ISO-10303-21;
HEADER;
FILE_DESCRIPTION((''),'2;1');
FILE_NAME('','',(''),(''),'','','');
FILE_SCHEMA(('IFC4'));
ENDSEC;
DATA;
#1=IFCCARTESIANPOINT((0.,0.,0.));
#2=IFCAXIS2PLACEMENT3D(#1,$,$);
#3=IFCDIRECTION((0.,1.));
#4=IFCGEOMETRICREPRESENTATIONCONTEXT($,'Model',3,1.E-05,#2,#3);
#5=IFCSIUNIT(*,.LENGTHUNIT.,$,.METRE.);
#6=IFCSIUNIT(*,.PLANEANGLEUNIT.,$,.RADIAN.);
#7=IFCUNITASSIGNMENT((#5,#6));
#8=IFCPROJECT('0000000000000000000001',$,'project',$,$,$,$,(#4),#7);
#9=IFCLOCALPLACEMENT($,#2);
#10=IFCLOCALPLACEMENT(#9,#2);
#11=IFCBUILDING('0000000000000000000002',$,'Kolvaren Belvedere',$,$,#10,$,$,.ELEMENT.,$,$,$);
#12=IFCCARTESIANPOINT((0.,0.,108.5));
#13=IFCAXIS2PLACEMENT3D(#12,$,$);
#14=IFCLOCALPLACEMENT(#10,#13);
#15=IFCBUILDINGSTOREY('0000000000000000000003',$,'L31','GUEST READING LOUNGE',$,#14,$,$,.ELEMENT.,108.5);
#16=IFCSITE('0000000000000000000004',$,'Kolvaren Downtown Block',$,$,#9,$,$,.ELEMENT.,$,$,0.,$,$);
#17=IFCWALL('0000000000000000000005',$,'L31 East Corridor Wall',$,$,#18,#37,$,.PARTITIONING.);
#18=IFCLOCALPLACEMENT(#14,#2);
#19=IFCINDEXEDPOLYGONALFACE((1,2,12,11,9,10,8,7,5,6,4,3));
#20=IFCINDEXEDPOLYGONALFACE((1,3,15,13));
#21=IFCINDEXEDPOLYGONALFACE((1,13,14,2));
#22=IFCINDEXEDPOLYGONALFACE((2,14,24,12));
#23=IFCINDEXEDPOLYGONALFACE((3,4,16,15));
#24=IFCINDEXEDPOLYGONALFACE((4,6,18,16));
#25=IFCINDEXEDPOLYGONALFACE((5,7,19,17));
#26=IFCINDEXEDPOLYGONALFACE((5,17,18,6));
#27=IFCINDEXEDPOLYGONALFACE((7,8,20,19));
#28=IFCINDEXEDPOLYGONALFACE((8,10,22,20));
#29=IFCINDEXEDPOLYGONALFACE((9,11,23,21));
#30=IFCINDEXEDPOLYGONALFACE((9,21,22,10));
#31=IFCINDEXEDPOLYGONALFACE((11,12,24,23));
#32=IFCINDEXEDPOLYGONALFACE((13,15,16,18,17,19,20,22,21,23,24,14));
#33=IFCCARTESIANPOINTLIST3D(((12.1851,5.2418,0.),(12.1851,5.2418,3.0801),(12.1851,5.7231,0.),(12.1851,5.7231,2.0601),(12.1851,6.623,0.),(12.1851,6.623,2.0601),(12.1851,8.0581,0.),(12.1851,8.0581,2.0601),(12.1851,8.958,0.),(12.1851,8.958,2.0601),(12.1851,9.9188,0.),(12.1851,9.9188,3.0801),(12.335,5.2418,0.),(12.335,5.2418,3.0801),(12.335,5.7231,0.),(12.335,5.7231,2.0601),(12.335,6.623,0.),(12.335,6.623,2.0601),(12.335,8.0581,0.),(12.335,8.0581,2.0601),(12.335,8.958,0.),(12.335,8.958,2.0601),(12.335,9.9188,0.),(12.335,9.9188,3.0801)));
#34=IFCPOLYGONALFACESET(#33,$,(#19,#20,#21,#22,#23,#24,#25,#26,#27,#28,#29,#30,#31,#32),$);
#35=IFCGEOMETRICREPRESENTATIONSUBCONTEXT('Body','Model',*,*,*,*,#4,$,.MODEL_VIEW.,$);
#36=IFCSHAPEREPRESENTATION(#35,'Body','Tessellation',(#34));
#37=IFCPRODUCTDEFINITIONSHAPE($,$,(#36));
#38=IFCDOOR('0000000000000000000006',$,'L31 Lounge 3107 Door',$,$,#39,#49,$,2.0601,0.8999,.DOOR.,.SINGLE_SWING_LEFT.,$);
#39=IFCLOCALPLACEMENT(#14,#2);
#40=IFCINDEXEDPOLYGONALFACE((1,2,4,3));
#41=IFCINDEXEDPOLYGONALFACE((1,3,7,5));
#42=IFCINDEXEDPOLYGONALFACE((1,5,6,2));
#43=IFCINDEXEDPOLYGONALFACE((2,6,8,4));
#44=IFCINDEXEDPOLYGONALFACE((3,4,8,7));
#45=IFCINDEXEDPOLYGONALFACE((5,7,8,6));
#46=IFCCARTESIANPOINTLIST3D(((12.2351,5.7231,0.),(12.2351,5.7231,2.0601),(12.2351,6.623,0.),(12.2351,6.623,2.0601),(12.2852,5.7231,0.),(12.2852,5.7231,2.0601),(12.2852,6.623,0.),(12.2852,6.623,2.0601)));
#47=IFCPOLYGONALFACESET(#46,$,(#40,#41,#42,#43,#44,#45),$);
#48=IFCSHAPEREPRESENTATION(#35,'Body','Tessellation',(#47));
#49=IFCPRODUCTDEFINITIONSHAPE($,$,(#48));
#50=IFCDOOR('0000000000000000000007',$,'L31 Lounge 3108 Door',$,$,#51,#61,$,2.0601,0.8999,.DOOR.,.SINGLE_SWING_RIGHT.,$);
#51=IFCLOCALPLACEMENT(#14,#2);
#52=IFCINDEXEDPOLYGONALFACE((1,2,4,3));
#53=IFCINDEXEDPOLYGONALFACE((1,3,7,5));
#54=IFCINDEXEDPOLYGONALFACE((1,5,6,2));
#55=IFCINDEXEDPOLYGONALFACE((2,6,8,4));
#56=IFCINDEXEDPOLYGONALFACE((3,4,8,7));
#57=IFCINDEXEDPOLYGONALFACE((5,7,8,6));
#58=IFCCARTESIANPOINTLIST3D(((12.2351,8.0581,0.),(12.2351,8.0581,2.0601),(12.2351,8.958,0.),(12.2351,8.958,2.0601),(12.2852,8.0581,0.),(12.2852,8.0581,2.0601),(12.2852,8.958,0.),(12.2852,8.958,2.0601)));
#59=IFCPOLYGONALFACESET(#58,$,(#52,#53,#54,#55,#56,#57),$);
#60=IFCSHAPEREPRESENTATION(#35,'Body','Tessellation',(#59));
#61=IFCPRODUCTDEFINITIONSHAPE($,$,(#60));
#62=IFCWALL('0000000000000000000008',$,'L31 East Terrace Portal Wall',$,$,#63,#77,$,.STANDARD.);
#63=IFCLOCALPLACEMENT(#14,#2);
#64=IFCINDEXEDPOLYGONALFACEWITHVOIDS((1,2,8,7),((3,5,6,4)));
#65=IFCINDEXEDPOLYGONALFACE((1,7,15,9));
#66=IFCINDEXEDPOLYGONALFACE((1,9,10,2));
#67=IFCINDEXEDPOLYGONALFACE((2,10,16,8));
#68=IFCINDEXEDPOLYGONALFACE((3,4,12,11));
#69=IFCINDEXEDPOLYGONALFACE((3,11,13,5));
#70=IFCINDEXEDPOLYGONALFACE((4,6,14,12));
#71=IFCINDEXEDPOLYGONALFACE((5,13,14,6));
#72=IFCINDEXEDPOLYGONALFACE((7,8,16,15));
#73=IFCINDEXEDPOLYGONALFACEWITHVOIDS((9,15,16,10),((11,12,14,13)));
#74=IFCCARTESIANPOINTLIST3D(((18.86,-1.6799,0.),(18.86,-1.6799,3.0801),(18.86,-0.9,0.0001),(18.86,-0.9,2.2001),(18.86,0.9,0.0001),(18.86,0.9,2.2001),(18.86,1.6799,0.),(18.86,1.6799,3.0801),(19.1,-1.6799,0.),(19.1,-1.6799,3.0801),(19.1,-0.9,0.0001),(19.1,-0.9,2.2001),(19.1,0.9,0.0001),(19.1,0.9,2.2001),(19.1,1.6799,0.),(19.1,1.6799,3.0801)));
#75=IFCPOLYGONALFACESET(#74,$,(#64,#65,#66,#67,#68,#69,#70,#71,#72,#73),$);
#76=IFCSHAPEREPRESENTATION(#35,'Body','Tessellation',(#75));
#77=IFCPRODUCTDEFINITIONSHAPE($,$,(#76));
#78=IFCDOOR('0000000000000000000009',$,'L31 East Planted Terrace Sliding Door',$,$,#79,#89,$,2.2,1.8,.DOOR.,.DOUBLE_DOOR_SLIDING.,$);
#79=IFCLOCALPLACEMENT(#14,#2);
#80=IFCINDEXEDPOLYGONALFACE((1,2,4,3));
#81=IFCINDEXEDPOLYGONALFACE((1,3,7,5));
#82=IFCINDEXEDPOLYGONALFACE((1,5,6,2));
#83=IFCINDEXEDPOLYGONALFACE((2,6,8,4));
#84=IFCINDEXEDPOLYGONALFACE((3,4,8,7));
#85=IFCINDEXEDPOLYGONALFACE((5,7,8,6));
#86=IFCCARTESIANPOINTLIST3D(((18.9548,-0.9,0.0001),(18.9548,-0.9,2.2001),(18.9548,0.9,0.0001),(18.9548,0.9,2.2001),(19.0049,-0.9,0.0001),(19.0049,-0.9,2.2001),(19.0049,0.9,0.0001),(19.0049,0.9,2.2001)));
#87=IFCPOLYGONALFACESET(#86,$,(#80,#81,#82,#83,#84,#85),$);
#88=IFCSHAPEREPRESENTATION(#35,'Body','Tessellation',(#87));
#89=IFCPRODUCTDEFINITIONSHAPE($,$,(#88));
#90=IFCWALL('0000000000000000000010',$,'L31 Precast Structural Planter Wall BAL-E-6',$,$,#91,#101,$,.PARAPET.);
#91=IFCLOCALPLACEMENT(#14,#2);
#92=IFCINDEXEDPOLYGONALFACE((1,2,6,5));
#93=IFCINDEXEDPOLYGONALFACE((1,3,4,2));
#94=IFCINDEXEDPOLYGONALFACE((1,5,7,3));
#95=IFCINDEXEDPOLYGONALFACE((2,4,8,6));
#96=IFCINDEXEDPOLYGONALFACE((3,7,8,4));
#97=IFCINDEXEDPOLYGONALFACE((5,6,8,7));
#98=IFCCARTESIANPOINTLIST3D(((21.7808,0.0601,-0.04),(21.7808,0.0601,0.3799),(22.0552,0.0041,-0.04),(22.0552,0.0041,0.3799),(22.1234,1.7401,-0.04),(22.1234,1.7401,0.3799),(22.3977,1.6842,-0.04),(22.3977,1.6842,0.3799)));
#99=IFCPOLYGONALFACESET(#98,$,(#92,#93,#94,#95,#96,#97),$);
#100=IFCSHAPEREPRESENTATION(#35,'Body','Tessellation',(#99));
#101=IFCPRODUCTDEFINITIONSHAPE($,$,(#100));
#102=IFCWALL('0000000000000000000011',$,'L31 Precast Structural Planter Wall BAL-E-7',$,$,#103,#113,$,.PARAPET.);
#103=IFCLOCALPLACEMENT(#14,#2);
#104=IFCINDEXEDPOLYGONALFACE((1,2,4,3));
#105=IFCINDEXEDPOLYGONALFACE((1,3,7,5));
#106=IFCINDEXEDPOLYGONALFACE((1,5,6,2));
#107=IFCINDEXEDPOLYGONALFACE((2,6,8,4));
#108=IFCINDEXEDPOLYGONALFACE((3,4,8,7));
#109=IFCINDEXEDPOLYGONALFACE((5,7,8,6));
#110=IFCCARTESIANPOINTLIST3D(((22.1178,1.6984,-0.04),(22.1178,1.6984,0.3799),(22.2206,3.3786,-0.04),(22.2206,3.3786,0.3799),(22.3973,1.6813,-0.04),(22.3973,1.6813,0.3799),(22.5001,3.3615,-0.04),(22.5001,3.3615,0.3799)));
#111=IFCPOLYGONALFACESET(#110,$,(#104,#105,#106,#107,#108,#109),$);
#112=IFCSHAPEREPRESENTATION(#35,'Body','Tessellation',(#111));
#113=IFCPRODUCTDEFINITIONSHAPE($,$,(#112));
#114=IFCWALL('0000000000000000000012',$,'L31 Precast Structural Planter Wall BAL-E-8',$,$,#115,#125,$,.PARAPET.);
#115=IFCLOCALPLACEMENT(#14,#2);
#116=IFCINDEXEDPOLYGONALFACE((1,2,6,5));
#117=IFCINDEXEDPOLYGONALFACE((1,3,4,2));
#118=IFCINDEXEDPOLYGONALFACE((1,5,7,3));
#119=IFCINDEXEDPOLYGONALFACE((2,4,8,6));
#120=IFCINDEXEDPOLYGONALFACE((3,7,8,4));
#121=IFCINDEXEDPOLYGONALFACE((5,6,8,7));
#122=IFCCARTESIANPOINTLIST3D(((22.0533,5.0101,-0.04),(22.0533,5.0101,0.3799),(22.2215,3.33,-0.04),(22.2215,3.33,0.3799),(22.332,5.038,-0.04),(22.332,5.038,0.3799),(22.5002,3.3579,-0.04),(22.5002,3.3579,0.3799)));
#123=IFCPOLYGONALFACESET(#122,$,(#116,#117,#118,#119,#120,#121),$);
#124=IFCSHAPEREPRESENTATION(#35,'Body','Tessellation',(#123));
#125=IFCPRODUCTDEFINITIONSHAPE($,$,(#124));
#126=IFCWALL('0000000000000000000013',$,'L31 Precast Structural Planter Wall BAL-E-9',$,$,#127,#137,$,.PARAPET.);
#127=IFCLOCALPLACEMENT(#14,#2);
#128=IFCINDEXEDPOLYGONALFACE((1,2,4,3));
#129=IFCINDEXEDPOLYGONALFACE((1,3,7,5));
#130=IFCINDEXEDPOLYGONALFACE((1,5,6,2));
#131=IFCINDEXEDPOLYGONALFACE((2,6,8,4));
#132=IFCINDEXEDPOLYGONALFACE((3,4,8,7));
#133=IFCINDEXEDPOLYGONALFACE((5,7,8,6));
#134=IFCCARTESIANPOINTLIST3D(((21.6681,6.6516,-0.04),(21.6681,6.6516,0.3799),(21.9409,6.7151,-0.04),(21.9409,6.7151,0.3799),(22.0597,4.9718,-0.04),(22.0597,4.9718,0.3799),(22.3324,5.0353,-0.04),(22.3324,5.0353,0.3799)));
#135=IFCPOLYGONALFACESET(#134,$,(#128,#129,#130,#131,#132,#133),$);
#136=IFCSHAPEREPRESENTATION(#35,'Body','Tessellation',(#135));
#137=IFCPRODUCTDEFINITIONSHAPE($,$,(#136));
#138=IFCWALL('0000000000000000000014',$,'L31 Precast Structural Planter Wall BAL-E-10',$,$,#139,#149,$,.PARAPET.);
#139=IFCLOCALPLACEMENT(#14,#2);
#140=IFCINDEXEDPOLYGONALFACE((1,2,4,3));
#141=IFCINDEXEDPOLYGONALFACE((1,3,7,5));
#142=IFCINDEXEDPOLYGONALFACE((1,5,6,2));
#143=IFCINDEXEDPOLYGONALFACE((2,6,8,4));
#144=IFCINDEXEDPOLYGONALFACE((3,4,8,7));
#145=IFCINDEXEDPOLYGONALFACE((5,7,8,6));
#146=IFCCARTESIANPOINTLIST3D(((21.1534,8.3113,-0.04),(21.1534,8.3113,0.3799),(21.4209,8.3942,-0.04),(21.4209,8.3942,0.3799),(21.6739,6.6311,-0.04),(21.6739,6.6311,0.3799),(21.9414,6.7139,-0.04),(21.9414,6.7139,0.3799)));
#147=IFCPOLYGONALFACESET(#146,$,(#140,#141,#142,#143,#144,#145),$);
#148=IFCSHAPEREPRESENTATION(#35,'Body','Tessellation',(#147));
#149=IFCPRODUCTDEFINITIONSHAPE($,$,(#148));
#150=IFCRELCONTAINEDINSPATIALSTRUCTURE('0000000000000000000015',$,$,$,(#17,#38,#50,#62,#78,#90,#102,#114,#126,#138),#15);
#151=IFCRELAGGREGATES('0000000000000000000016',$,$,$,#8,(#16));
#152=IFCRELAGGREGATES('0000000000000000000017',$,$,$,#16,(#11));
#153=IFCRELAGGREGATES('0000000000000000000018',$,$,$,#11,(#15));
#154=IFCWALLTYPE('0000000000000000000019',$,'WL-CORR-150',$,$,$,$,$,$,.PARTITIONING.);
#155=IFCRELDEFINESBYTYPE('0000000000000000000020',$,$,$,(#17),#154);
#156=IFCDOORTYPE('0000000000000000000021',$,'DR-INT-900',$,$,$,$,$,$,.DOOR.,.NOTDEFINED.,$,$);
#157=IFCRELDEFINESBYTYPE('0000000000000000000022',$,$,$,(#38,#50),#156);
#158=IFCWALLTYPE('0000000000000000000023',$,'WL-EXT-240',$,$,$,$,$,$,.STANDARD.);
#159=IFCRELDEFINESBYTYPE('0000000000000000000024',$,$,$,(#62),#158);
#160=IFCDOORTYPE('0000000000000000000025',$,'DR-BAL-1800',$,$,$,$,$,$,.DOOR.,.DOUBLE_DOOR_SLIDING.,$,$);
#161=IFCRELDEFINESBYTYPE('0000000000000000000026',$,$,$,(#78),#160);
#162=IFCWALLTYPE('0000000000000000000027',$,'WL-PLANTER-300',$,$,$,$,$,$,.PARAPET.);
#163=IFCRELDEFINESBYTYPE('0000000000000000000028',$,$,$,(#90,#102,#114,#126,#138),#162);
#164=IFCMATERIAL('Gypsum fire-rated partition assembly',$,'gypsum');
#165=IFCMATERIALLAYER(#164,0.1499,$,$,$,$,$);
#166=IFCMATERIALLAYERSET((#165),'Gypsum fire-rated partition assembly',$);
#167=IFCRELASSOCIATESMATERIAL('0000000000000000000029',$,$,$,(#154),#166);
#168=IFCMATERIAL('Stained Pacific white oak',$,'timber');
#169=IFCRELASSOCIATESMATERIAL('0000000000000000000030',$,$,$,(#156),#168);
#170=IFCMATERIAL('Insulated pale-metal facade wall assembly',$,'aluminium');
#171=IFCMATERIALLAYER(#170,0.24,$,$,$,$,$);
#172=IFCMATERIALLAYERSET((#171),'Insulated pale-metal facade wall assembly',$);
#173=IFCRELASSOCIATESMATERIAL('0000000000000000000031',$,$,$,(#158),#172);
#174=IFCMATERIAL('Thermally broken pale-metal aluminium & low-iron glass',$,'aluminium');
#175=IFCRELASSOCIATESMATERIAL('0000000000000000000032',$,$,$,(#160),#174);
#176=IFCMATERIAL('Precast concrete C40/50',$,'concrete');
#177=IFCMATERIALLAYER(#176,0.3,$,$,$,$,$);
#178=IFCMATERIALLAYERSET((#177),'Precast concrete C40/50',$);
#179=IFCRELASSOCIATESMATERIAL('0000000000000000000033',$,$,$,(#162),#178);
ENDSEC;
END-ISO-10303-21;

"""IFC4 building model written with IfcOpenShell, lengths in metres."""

from ifc_helpers import new_model, si_unit, direction, frame, frame_2d, origin, place, context, subcontext, project, spatial, rectangle, extrude, material, layer, layer_set, type_object, element, fill, save


model = new_model("IFC4")

# Units and contexts
model_context = context("Model", 3, precision=1e-05, world=origin(), true_north=direction((0.0, 1.0)))
body_context = subcontext(model_context, "Body", "Model", "MODEL_VIEW")
ifc_project = project(units=[si_unit("LENGTHUNIT", "METRE"), si_unit("PLANEANGLEUNIT", "RADIAN")], contexts=[model_context])

# Site, building, storey
site_placement = place(None, origin())
site = spatial("IfcSite", under=ifc_project, at=site_placement, Name="Kolvaren Downtown Block", CompositionType="ELEMENT", RefElevation=0.0)
building_placement = place(site_placement, origin())
building = spatial("IfcBuilding", under=site, at=building_placement, Name="Kolvaren Belvedere", CompositionType="ELEMENT")
storey_placement = place(building_placement, frame((0.0, 0.0, 108.5)))
storey = spatial("IfcBuildingStorey", under=building, at=storey_placement, Name="L31", Description="GUEST READING LOUNGE", CompositionType="ELEMENT", Elevation=108.5)

# Shared definitions
ifc_material_1 = material(Name="Gypsum fire-rated partition assembly", Category="gypsum")
ifc_layer_1 = layer(ifc_material_1, 0.1499)
ifc_layer_set_1 = layer_set([ifc_layer_1], Name="Gypsum fire-rated partition assembly")
wall_type_1 = type_object("IfcWallType", Name="WL-CORR-150", PredefinedType="PARTITIONING", material=ifc_layer_set_1)

# Wall, openings, doors
wall_1_placement = place(storey_placement, frame((12.26, 5.2419, 0.0), z_axis=(0.0, 0.0, 1.0), x_axis=(0.0, 1.0, 0.0)))
wall_1 = element("IfcWall", 1, at=wall_1_placement, inside=storey, type_object=wall_type_1, Name="L31 East Corridor Wall", PredefinedType="PARTITIONING", context=body_context, shape_type="SweptSolid", body=[
    extrude(rectangle(XDim=4.677, YDim=0.1499, at=frame_2d((2.3384, 0.0))), origin(), (0.0, 0.0, 1.0), 3.0801),
])
opening_1_placement = place(wall_1_placement, frame((0.4812, 0.0, 0.0)))
opening_1 = element("IfcOpeningElement", 2, at=opening_1_placement, cuts=wall_1, PredefinedType="OPENING", context=body_context, shape_type="SweptSolid", body=[
    extrude(rectangle(XDim=0.8999, YDim=2.0601, at=frame_2d((0.45, 1.03))), frame((0.0, 0.085, 0.0), z_axis=(0.0, -1.0, 0.0), x_axis=(1.0, 0.0, 0.0)), (0.0, 0.0, 1.0), 0.1699),
])
opening_2_placement = place(wall_1_placement, frame((2.8162, 0.0, 0.0)))
opening_2 = element("IfcOpeningElement", 3, at=opening_2_placement, cuts=wall_1, PredefinedType="OPENING", context=body_context, shape_type="SweptSolid", body=[
    extrude(rectangle(XDim=0.8999, YDim=2.0601, at=frame_2d((0.45, 1.03))), frame((0.0, 0.085, 0.0), z_axis=(0.0, -1.0, 0.0), x_axis=(1.0, 0.0, 0.0)), (0.0, 0.0, 1.0), 0.1699),
])
ifc_material_2 = material(Name="Stained Pacific white oak", Category="timber")
door_type_1 = type_object("IfcDoorType", Name="DR-INT-900", OperationType="NOTDEFINED", PredefinedType="DOOR", material=ifc_material_2)
door_1_placement = place(opening_1_placement, origin())
door_1 = element("IfcDoor", 4, at=door_1_placement, inside=storey, type_object=door_type_1, Name="L31 Lounge 3107 Door", OperationType="SINGLE_SWING_LEFT", OverallHeight=2.0601, OverallWidth=0.8999, PredefinedType="DOOR", context=body_context, shape_type="SweptSolid", body=[
    extrude(rectangle(XDim=0.8999, YDim=2.0601, at=frame_2d((0.45, 1.03))), frame((0.0, 0.0249, 0.0), z_axis=(0.0, -1.0, 0.0), x_axis=(1.0, 0.0, 0.0)), (0.0, 0.0, 1.0), 0.05),
])
fill(opening_1, door_1)
door_2_placement = place(opening_2_placement, origin())
door_2 = element("IfcDoor", 5, at=door_2_placement, inside=storey, type_object=door_type_1, Name="L31 Lounge 3108 Door", OperationType="SINGLE_SWING_RIGHT", OverallHeight=2.0601, OverallWidth=0.8999, PredefinedType="DOOR", context=body_context, shape_type="SweptSolid", body=[
    extrude(rectangle(XDim=0.8999, YDim=2.0601, at=frame_2d((0.45, 1.03))), frame((0.0, 0.0249, 0.0), z_axis=(0.0, -1.0, 0.0), x_axis=(1.0, 0.0, 0.0)), (0.0, 0.0, 1.0), 0.05),
])
fill(opening_2, door_2)

# Wall, opening, door
ifc_material_3 = material(Name="Insulated pale-metal facade wall assembly", Category="aluminium")
ifc_layer_2 = layer(ifc_material_3, 0.24)
ifc_layer_set_2 = layer_set([ifc_layer_2], Name="Insulated pale-metal facade wall assembly")
wall_type_2 = type_object("IfcWallType", Name="WL-EXT-240", PredefinedType="STANDARD", material=ifc_layer_set_2)
wall_2_placement = place(storey_placement, frame((18.98, 1.6799, 0.0), z_axis=(0.0, 0.0, 1.0), x_axis=(0.0, -1.0, 0.0)))
wall_2 = element("IfcWall", 6, at=wall_2_placement, inside=storey, type_object=wall_type_2, Name="L31 East Terrace Portal Wall", PredefinedType="STANDARD", context=body_context, shape_type="SweptSolid", body=[
    extrude(rectangle(XDim=3.3599, YDim=0.24, at=frame_2d((1.6799, 0.0))), origin(), (0.0, 0.0, 1.0), 3.0801),
])
opening_3_placement = place(wall_2_placement, frame((0.78, 0.0, 0.0)))
opening_3 = element("IfcOpeningElement", 7, at=opening_3_placement, cuts=wall_2, PredefinedType="OPENING", context=body_context, shape_type="SweptSolid", body=[
    extrude(rectangle(XDim=1.8, YDim=2.2, at=frame_2d((0.8999, 1.1001))), frame((0.0, 0.1299, 0.0), z_axis=(0.0, -1.0, 0.0), x_axis=(1.0, 0.0, 0.0)), (0.0, 0.0, 1.0), 0.26),
])
ifc_material_4 = material(Name="Thermally broken pale-metal aluminium & low-iron glass", Category="aluminium")
door_type_2 = type_object("IfcDoorType", Name="DR-BAL-1800", OperationType="DOUBLE_DOOR_SLIDING", PredefinedType="DOOR", material=ifc_material_4)
door_3_placement = place(opening_3_placement, origin())
door_3 = element("IfcDoor", 8, at=door_3_placement, inside=storey, type_object=door_type_2, Name="L31 East Planted Terrace Sliding Door", OperationType="DOUBLE_DOOR_SLIDING", OverallHeight=2.2, OverallWidth=1.8, PredefinedType="DOOR", context=body_context, shape_type="SweptSolid", body=[
    extrude(rectangle(XDim=1.8, YDim=2.2, at=frame_2d((0.8999, 1.1001))), frame((0.0, 0.0249, 0.0), z_axis=(0.0, -1.0, 0.0), x_axis=(1.0, 0.0, 0.0)), (0.0, 0.0, 1.0), 0.05),
])
fill(opening_3, door_3)

# Walls
ifc_material_5 = material(Name="Precast concrete C40/50", Category="concrete")
ifc_layer_3 = layer(ifc_material_5, 0.3)
ifc_layer_set_3 = layer_set([ifc_layer_3], Name="Precast concrete C40/50")
wall_type_3 = type_object("IfcWallType", Name="WL-PLANTER-300", PredefinedType="PARAPET", material=ifc_layer_set_3)
wall_3_placement = place(storey_placement, frame((21.918, 0.032, -0.04), z_axis=(0.0, 0.0, 1.0), x_axis=(0.199784, 0.97984, 0.0)))
element("IfcWall", 9, at=wall_3_placement, inside=storey, type_object=wall_type_3, Name="L31 Precast Structural Planter Wall BAL-E-6", PredefinedType="PARAPET", context=body_context, shape_type="SweptSolid", body=[
    extrude(rectangle(XDim=1.7146, YDim=0.28, at=frame_2d((0.8574, 0.0))), origin(), (0.0, 0.0, 1.0), 0.4199),
])
wall_4_placement = place(storey_placement, frame((22.2576, 1.6897, -0.04), z_axis=(0.0, 0.0, 1.0), x_axis=(0.06106, 0.998134, 0.0)))
element("IfcWall", 10, at=wall_4_placement, inside=storey, type_object=wall_type_3, Name="L31 Precast Structural Planter Wall BAL-E-7", PredefinedType="PARAPET", context=body_context, shape_type="SweptSolid", body=[
    extrude(rectangle(XDim=1.6833, YDim=0.28, at=frame_2d((0.8418, 0.0))), origin(), (0.0, 0.0, 1.0), 0.4199),
])
wall_5_placement = place(storey_placement, frame((22.3608, 3.344, -0.04), z_axis=(0.0, 0.0, 1.0), x_axis=(-0.099618, 0.995026, 0.0)))
element("IfcWall", 11, at=wall_5_placement, inside=storey, type_object=wall_type_3, Name="L31 Precast Structural Planter Wall BAL-E-8", PredefinedType="PARAPET", context=body_context, shape_type="SweptSolid", body=[
    extrude(rectangle(XDim=1.6885, YDim=0.28, at=frame_2d((0.8442, 0.0))), origin(), (0.0, 0.0, 1.0), 0.4199),
])
wall_6_placement = place(storey_placement, frame((22.196, 5.0037, -0.04), z_axis=(0.0, 0.0, 1.0), x_axis=(-0.227019, 0.97389, 0.0)))
element("IfcWall", 12, at=wall_6_placement, inside=storey, type_object=wall_type_3, Name="L31 Precast Structural Planter Wall BAL-E-9", PredefinedType="PARAPET", context=body_context, shape_type="SweptSolid", body=[
    extrude(rectangle(XDim=1.7249, YDim=0.28, at=frame_2d((0.8623, 0.0))), origin(), (0.0, 0.0, 1.0), 0.4199),
])
wall_7_placement = place(storey_placement, frame((21.8076, 6.6726, -0.04), z_axis=(0.0, 0.0, 1.0), x_axis=(-0.295919, 0.955213, 0.0)))
element("IfcWall", 13, at=wall_7_placement, inside=storey, type_object=wall_type_3, Name="L31 Precast Structural Planter Wall BAL-E-10", PredefinedType="PARAPET", context=body_context, shape_type="SweptSolid", body=[
    extrude(rectangle(XDim=1.759, YDim=0.28, at=frame_2d((0.8794, 0.0))), origin(), (0.0, 0.0, 1.0), 0.4199),
])

save(model, "model.ifc")
